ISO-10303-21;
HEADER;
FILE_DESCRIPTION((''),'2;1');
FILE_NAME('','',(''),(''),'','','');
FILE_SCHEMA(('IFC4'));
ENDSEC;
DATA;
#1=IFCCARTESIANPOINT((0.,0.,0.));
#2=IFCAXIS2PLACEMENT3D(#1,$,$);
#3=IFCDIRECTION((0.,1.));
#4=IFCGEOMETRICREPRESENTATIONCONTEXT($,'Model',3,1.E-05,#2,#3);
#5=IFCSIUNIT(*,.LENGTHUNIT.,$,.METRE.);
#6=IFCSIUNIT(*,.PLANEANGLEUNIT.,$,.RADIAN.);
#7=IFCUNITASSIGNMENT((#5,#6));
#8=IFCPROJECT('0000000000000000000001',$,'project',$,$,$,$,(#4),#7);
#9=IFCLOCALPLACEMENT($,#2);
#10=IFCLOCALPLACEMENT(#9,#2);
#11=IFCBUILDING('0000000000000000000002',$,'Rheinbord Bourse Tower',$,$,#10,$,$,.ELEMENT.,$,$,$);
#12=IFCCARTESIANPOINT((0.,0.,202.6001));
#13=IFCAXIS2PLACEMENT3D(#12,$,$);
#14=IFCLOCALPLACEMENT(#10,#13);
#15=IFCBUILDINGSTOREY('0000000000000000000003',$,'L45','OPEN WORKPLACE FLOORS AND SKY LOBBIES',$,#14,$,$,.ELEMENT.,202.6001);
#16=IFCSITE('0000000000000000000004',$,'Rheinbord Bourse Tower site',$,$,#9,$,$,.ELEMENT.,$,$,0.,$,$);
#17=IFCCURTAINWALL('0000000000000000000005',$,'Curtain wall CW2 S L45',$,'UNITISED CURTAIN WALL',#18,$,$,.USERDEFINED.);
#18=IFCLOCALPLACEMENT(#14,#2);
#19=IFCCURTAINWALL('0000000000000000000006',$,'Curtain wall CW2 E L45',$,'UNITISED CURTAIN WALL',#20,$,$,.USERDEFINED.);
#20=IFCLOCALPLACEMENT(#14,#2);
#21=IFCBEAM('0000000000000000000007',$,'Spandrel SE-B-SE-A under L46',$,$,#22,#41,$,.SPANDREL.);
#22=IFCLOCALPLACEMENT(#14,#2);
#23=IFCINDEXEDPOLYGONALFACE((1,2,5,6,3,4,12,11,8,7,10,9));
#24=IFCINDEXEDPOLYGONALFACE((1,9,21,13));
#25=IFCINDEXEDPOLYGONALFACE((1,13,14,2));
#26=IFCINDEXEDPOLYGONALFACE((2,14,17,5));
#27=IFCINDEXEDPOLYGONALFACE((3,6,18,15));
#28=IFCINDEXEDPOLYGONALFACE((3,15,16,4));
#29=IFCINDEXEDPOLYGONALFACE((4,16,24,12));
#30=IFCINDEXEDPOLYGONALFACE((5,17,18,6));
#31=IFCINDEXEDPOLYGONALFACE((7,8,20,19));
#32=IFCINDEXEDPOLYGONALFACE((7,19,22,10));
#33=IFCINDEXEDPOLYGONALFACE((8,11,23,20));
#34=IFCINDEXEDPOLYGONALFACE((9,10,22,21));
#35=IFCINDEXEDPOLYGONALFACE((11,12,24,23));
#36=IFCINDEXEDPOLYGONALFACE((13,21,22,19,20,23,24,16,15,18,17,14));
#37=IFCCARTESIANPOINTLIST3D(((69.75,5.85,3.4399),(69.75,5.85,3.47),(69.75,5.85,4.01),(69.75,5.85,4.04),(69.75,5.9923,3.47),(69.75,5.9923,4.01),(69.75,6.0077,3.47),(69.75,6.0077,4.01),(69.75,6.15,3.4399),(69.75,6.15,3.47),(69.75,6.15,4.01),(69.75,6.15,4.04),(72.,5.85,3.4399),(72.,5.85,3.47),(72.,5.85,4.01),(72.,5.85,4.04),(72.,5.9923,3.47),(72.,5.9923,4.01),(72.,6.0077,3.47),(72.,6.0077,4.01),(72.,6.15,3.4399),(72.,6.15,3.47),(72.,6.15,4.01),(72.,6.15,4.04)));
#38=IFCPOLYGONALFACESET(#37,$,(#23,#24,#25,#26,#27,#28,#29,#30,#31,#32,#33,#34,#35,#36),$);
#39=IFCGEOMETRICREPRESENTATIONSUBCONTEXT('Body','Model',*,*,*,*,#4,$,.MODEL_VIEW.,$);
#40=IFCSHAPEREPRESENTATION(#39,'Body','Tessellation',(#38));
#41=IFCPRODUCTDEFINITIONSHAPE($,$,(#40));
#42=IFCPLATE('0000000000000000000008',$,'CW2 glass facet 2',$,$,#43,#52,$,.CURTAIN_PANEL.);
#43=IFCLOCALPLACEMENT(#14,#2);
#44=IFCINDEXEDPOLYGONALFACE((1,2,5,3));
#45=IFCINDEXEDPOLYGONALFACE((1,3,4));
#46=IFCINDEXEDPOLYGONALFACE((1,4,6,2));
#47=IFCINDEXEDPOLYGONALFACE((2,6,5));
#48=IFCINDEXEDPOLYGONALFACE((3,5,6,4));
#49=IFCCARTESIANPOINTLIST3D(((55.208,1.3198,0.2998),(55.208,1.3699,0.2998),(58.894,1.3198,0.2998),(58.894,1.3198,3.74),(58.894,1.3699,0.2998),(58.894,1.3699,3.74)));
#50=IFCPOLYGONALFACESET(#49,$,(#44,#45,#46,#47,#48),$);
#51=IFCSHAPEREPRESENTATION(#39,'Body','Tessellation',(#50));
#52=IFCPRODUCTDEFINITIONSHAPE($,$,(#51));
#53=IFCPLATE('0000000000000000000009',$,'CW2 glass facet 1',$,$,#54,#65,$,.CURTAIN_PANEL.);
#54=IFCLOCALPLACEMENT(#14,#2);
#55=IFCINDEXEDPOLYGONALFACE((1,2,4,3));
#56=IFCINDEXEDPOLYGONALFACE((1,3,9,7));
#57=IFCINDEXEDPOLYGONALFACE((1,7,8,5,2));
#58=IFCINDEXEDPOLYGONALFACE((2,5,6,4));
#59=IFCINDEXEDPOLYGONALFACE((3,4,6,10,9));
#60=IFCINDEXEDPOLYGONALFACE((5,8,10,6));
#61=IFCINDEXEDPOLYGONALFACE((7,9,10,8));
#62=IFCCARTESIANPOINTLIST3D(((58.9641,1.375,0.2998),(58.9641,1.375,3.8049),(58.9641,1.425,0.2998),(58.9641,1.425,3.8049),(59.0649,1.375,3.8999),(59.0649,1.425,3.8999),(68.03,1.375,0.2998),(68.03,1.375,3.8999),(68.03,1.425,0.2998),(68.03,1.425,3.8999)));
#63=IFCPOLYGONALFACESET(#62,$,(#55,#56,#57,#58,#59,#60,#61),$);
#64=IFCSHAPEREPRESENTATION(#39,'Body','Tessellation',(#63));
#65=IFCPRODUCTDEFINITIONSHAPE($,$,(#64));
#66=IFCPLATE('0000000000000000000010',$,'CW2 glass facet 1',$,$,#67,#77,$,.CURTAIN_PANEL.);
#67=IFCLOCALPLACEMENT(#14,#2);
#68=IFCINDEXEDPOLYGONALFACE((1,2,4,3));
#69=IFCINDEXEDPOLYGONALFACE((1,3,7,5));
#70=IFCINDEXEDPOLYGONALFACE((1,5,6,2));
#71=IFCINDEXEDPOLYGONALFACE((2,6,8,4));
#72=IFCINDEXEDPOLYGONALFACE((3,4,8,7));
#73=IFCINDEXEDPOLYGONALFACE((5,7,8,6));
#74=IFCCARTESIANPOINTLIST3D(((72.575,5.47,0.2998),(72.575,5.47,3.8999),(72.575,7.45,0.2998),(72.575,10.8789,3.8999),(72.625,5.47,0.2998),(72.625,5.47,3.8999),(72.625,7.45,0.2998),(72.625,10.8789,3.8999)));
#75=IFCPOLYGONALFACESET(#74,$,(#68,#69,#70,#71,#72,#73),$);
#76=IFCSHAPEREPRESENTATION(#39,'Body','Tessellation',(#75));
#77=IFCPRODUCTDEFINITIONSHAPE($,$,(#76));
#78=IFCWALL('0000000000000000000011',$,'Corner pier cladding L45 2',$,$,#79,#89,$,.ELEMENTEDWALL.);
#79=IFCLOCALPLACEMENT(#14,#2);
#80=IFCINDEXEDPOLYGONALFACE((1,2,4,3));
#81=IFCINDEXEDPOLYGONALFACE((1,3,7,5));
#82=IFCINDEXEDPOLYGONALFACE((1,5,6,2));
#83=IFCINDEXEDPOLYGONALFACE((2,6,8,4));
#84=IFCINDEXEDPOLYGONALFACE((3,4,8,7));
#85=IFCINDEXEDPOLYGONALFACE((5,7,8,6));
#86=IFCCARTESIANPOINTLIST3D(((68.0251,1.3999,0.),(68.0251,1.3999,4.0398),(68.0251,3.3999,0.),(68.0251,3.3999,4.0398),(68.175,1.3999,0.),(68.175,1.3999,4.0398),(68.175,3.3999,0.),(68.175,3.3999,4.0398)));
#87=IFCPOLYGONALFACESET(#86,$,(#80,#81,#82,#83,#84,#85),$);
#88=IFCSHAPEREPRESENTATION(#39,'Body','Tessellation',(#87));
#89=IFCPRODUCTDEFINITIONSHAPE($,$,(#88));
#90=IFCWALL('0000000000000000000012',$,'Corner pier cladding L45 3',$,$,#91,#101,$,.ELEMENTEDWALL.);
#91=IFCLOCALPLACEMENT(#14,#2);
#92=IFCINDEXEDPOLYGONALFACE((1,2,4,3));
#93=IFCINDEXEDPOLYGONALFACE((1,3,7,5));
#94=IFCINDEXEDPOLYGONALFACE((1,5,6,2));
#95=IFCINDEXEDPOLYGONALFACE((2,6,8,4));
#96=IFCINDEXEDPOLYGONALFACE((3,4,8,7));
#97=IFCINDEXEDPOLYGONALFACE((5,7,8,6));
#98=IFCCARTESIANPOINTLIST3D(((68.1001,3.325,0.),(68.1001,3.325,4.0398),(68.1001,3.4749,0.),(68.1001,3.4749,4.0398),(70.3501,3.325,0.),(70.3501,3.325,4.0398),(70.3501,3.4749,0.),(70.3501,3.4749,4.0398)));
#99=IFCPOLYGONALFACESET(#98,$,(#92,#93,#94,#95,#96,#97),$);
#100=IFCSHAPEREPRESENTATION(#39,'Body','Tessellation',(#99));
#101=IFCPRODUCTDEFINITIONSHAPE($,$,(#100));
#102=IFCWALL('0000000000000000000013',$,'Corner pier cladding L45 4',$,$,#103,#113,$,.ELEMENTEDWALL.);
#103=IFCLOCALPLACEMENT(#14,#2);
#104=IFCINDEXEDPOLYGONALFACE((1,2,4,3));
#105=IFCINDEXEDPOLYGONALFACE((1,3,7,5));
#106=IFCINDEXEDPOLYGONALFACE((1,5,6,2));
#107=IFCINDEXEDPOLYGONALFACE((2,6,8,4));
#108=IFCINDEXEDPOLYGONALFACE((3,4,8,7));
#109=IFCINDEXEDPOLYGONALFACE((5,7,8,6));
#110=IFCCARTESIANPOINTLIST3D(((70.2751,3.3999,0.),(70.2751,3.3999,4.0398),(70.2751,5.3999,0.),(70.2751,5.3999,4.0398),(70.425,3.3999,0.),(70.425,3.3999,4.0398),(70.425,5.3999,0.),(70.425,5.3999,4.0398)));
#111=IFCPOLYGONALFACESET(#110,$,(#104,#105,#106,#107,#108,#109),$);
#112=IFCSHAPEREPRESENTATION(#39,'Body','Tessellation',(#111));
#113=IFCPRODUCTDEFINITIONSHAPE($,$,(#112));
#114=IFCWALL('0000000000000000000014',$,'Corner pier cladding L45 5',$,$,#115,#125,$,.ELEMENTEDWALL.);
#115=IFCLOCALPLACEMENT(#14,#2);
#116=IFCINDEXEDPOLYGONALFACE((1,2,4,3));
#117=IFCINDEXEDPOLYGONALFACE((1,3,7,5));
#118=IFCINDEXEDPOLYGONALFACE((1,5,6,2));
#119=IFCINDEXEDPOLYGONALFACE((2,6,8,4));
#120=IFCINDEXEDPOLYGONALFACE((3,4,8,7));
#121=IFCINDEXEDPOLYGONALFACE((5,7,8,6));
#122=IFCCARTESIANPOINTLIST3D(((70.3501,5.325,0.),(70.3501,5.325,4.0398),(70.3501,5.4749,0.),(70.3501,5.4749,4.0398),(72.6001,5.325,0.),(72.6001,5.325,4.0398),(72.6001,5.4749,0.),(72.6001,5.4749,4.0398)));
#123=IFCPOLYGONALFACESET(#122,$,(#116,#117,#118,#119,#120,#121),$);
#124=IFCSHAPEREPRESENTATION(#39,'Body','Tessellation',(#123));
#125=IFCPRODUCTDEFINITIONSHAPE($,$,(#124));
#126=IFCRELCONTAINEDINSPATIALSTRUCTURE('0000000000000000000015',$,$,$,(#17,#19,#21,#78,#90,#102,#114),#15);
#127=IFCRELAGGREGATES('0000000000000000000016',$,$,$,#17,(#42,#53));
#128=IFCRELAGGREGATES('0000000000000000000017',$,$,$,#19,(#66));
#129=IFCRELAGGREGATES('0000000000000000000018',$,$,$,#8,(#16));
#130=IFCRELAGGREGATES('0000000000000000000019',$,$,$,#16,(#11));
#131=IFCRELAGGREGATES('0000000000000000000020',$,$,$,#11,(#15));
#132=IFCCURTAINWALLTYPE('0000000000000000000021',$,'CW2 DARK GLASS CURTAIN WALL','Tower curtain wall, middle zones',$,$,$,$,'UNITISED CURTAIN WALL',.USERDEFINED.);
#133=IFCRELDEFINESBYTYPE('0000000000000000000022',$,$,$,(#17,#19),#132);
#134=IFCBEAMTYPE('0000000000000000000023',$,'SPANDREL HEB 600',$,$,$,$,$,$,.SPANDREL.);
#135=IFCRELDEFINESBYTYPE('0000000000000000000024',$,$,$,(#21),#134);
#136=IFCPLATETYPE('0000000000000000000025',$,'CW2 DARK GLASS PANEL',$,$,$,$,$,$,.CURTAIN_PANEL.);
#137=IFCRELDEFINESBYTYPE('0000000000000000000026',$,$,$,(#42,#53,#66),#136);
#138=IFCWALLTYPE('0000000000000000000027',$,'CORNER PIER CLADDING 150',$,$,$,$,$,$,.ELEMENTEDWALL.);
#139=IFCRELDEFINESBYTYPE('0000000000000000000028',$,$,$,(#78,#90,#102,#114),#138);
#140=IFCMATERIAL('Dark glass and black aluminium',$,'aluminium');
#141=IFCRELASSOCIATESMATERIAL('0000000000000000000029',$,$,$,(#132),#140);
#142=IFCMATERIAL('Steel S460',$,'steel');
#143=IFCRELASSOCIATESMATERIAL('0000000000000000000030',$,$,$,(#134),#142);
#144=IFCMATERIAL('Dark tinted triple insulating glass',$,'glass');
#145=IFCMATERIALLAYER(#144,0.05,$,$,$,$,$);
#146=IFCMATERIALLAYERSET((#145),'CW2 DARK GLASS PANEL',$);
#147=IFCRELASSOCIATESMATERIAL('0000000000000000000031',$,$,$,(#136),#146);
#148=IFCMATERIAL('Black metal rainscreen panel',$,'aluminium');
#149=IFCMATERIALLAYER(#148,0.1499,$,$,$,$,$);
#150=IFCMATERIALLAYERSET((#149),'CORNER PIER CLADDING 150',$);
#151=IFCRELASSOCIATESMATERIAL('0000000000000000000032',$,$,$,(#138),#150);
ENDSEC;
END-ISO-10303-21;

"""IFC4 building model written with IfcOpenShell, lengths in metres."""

from ifc_helpers import new_model, si_unit, direction, frame, frame_2d, origin, origin_2d, place, context, subcontext, project, spatial, polyline, rectangle, i_section, outline, extrude, material, layer, layer_set, material_profile, profile_set, type_object, element, aggregate, save


model = new_model("IFC4")

# Units and contexts
model_context = context("Model", 3, precision=1e-05, world=origin(), true_north=direction((0.0, 1.0)))
body_context = subcontext(model_context, "Body", "Model", "MODEL_VIEW")
ifc_project = project(units=[si_unit("LENGTHUNIT", "METRE"), si_unit("PLANEANGLEUNIT", "RADIAN")], contexts=[model_context])

# Site, building, storey
site_placement = place(None, origin())
site = spatial("IfcSite", under=ifc_project, at=site_placement, Name="Rheinbord Bourse Tower site", CompositionType="ELEMENT", RefElevation=0.0)
building_placement = place(site_placement, origin())
building = spatial("IfcBuilding", under=site, at=building_placement, Name="Rheinbord Bourse Tower", CompositionType="ELEMENT")
storey_placement = place(building_placement, frame((0.0, 0.0, 202.6001)))
storey = spatial("IfcBuildingStorey", under=building, at=storey_placement, Name="L45", Description="OPEN WORKPLACE FLOORS AND SKY LOBBIES", CompositionType="ELEMENT", Elevation=202.6001)

# Curtain wall
ifc_material_1 = material(Name="Dark glass and black aluminium", Category="aluminium")
curtain_wall_type = type_object("IfcCurtainWallType", Name="CW2 DARK GLASS CURTAIN WALL", Description="Tower curtain wall, middle zones", ElementType="UNITISED CURTAIN WALL", PredefinedType="USERDEFINED", material=ifc_material_1)
curtain_wall_1_placement = place(storey_placement, origin())
curtain_wall_1 = element("IfcCurtainWall", 1, at=curtain_wall_1_placement, inside=storey, type_object=curtain_wall_type, Name="Curtain wall CW2 S L45", ObjectType="UNITISED CURTAIN WALL", PredefinedType="USERDEFINED")

# Curtain wall
curtain_wall_2_placement = place(storey_placement, origin())
curtain_wall_2 = element("IfcCurtainWall", 2, at=curtain_wall_2_placement, inside=storey, type_object=curtain_wall_type, Name="Curtain wall CW2 E L45", ObjectType="UNITISED CURTAIN WALL", PredefinedType="USERDEFINED")

# Beam
ifc_material_2 = material(Name="Steel S460", Category="steel")
ifc_material_profile_1 = material_profile(ifc_material_2, i_section(OverallWidth=0.3, OverallDepth=0.6001, WebThickness=0.0154, FlangeThickness=0.03, at=origin_2d()), Name="HEB 600")
ifc_profile_set_1 = profile_set([ifc_material_profile_1], Name="Steel S460")
beam_type_1 = type_object("IfcBeamType", Name="SPANDREL HEB 600", PredefinedType="SPANDREL", material=ifc_profile_set_1)
beam_1_placement = place(storey_placement, frame((69.75, 6.0, 3.74), z_axis=(1.0, 0.0, 0.0), x_axis=(0.0, 1.0, 0.0)))
element("IfcBeam", 3, at=beam_1_placement, inside=storey, type_object=beam_type_1, Name="Spandrel SE-B-SE-A under L46", PredefinedType="SPANDREL", context=body_context, shape_type="SweptSolid", body=[
    extrude(i_section(OverallWidth=0.3, OverallDepth=0.6001, WebThickness=0.0154, FlangeThickness=0.03, at=origin_2d()), origin(), (0.0, 0.0, 1.0), 2.25),
])

# Plates
ifc_material_3 = material(Name="Dark tinted triple insulating glass", Category="glass")
ifc_layer_1 = layer(ifc_material_3, 0.05)
ifc_layer_set_1 = layer_set([ifc_layer_1], Name="CW2 DARK GLASS PANEL")
plate_type = type_object("IfcPlateType", Name="CW2 DARK GLASS PANEL", PredefinedType="CURTAIN_PANEL", material=ifc_layer_set_1)
plate_1_placement = place(storey_placement, frame((58.894, 1.3198, 0.2998), z_axis=(0.0, 1.0, 0.0), x_axis=(-1.0, 0.0, 0.0)))
plate_1 = element("IfcPlate", 4, at=plate_1_placement, type_object=plate_type, Name="CW2 glass facet 2", PredefinedType="CURTAIN_PANEL", context=body_context, shape_type="SweptSolid", body=[
    extrude(outline(polyline([(0.0, 0.0), (3.686, 0.0), (0.0, 3.4402), (0.0, 0.0)])), origin(), (0.0, 0.0, 1.0), 0.05),
])
plate_2_placement = place(storey_placement, frame((68.03, 1.375, 3.8999), z_axis=(0.0, 1.0, 0.0), x_axis=(0.0, 0.0, -1.0)))
plate_2 = element("IfcPlate", 5, at=plate_2_placement, type_object=plate_type, Name="CW2 glass facet 1", PredefinedType="CURTAIN_PANEL", context=body_context, shape_type="SweptSolid", body=[
    extrude(outline(polyline([(0.0, 0.0), (3.6001, 0.0), (3.6001, 9.0659), (0.095, 9.0659), (0.0, 8.9651), (0.0, 0.0)])), origin(), (0.0, 0.0, 1.0), 0.05),
])
aggregate(curtain_wall_1, [plate_1, plate_2])
plate_3_placement = place(storey_placement, frame((72.625, 5.47, 0.2998), z_axis=(-1.0, 0.0, 0.0), x_axis=(0.0, 0.0, 1.0)))
plate_3 = element("IfcPlate", 6, at=plate_3_placement, type_object=plate_type, Name="CW2 glass facet 1", PredefinedType="CURTAIN_PANEL", context=body_context, shape_type="SweptSolid", body=[
    extrude(outline(polyline([(0.0, 0.0), (3.6001, 0.0), (3.6001, 5.4089), (0.0, 1.98), (0.0, 0.0)])), origin(), (0.0, 0.0, 1.0), 0.05),
])
aggregate(curtain_wall_2, [plate_3])

# Walls
ifc_material_4 = material(Name="Black metal rainscreen panel", Category="aluminium")
ifc_layer_2 = layer(ifc_material_4, 0.1499)
ifc_layer_set_2 = layer_set([ifc_layer_2], Name="CORNER PIER CLADDING 150")
wall_type = type_object("IfcWallType", Name="CORNER PIER CLADDING 150", PredefinedType="ELEMENTEDWALL", material=ifc_layer_set_2)
wall_1_placement = place(storey_placement, frame((68.1001, 1.3999, 0.0), z_axis=(0.0, 0.0, 1.0), x_axis=(0.0, 1.0, 0.0)))
element("IfcWall", 7, at=wall_1_placement, inside=storey, type_object=wall_type, Name="Corner pier cladding L45 2", PredefinedType="ELEMENTEDWALL", context=body_context, shape_type="SweptSolid", body=[
    extrude(rectangle(XDim=2.0, YDim=0.1499, at=frame_2d((1.0, 0.0))), origin(), (0.0, 0.0, 1.0), 4.0398),
])
wall_2_placement = place(storey_placement, frame((68.1001, 3.3999, 0.0), z_axis=(0.0, 0.0, 1.0), x_axis=(1.0, 0.0, 0.0)))
element("IfcWall", 8, at=wall_2_placement, inside=storey, type_object=wall_type, Name="Corner pier cladding L45 3", PredefinedType="ELEMENTEDWALL", context=body_context, shape_type="SweptSolid", body=[
    extrude(rectangle(XDim=2.25, YDim=0.1499, at=frame_2d((1.125, 0.0))), origin(), (0.0, 0.0, 1.0), 4.0398),
])
wall_3_placement = place(storey_placement, frame((70.3501, 3.3999, 0.0), z_axis=(0.0, 0.0, 1.0), x_axis=(0.0, 1.0, 0.0)))
element("IfcWall", 9, at=wall_3_placement, inside=storey, type_object=wall_type, Name="Corner pier cladding L45 4", PredefinedType="ELEMENTEDWALL", context=body_context, shape_type="SweptSolid", body=[
    extrude(rectangle(XDim=2.0, YDim=0.1499, at=frame_2d((1.0, 0.0))), origin(), (0.0, 0.0, 1.0), 4.0398),
])
wall_4_placement = place(storey_placement, frame((70.3501, 5.3999, 0.0), z_axis=(0.0, 0.0, 1.0), x_axis=(1.0, 0.0, 0.0)))
element("IfcWall", 10, at=wall_4_placement, inside=storey, type_object=wall_type, Name="Corner pier cladding L45 5", PredefinedType="ELEMENTEDWALL", context=body_context, shape_type="SweptSolid", body=[
    extrude(rectangle(XDim=2.25, YDim=0.1499, at=frame_2d((1.125, 0.0))), origin(), (0.0, 0.0, 1.0), 4.0398),
])

save(model, "model.ifc")
